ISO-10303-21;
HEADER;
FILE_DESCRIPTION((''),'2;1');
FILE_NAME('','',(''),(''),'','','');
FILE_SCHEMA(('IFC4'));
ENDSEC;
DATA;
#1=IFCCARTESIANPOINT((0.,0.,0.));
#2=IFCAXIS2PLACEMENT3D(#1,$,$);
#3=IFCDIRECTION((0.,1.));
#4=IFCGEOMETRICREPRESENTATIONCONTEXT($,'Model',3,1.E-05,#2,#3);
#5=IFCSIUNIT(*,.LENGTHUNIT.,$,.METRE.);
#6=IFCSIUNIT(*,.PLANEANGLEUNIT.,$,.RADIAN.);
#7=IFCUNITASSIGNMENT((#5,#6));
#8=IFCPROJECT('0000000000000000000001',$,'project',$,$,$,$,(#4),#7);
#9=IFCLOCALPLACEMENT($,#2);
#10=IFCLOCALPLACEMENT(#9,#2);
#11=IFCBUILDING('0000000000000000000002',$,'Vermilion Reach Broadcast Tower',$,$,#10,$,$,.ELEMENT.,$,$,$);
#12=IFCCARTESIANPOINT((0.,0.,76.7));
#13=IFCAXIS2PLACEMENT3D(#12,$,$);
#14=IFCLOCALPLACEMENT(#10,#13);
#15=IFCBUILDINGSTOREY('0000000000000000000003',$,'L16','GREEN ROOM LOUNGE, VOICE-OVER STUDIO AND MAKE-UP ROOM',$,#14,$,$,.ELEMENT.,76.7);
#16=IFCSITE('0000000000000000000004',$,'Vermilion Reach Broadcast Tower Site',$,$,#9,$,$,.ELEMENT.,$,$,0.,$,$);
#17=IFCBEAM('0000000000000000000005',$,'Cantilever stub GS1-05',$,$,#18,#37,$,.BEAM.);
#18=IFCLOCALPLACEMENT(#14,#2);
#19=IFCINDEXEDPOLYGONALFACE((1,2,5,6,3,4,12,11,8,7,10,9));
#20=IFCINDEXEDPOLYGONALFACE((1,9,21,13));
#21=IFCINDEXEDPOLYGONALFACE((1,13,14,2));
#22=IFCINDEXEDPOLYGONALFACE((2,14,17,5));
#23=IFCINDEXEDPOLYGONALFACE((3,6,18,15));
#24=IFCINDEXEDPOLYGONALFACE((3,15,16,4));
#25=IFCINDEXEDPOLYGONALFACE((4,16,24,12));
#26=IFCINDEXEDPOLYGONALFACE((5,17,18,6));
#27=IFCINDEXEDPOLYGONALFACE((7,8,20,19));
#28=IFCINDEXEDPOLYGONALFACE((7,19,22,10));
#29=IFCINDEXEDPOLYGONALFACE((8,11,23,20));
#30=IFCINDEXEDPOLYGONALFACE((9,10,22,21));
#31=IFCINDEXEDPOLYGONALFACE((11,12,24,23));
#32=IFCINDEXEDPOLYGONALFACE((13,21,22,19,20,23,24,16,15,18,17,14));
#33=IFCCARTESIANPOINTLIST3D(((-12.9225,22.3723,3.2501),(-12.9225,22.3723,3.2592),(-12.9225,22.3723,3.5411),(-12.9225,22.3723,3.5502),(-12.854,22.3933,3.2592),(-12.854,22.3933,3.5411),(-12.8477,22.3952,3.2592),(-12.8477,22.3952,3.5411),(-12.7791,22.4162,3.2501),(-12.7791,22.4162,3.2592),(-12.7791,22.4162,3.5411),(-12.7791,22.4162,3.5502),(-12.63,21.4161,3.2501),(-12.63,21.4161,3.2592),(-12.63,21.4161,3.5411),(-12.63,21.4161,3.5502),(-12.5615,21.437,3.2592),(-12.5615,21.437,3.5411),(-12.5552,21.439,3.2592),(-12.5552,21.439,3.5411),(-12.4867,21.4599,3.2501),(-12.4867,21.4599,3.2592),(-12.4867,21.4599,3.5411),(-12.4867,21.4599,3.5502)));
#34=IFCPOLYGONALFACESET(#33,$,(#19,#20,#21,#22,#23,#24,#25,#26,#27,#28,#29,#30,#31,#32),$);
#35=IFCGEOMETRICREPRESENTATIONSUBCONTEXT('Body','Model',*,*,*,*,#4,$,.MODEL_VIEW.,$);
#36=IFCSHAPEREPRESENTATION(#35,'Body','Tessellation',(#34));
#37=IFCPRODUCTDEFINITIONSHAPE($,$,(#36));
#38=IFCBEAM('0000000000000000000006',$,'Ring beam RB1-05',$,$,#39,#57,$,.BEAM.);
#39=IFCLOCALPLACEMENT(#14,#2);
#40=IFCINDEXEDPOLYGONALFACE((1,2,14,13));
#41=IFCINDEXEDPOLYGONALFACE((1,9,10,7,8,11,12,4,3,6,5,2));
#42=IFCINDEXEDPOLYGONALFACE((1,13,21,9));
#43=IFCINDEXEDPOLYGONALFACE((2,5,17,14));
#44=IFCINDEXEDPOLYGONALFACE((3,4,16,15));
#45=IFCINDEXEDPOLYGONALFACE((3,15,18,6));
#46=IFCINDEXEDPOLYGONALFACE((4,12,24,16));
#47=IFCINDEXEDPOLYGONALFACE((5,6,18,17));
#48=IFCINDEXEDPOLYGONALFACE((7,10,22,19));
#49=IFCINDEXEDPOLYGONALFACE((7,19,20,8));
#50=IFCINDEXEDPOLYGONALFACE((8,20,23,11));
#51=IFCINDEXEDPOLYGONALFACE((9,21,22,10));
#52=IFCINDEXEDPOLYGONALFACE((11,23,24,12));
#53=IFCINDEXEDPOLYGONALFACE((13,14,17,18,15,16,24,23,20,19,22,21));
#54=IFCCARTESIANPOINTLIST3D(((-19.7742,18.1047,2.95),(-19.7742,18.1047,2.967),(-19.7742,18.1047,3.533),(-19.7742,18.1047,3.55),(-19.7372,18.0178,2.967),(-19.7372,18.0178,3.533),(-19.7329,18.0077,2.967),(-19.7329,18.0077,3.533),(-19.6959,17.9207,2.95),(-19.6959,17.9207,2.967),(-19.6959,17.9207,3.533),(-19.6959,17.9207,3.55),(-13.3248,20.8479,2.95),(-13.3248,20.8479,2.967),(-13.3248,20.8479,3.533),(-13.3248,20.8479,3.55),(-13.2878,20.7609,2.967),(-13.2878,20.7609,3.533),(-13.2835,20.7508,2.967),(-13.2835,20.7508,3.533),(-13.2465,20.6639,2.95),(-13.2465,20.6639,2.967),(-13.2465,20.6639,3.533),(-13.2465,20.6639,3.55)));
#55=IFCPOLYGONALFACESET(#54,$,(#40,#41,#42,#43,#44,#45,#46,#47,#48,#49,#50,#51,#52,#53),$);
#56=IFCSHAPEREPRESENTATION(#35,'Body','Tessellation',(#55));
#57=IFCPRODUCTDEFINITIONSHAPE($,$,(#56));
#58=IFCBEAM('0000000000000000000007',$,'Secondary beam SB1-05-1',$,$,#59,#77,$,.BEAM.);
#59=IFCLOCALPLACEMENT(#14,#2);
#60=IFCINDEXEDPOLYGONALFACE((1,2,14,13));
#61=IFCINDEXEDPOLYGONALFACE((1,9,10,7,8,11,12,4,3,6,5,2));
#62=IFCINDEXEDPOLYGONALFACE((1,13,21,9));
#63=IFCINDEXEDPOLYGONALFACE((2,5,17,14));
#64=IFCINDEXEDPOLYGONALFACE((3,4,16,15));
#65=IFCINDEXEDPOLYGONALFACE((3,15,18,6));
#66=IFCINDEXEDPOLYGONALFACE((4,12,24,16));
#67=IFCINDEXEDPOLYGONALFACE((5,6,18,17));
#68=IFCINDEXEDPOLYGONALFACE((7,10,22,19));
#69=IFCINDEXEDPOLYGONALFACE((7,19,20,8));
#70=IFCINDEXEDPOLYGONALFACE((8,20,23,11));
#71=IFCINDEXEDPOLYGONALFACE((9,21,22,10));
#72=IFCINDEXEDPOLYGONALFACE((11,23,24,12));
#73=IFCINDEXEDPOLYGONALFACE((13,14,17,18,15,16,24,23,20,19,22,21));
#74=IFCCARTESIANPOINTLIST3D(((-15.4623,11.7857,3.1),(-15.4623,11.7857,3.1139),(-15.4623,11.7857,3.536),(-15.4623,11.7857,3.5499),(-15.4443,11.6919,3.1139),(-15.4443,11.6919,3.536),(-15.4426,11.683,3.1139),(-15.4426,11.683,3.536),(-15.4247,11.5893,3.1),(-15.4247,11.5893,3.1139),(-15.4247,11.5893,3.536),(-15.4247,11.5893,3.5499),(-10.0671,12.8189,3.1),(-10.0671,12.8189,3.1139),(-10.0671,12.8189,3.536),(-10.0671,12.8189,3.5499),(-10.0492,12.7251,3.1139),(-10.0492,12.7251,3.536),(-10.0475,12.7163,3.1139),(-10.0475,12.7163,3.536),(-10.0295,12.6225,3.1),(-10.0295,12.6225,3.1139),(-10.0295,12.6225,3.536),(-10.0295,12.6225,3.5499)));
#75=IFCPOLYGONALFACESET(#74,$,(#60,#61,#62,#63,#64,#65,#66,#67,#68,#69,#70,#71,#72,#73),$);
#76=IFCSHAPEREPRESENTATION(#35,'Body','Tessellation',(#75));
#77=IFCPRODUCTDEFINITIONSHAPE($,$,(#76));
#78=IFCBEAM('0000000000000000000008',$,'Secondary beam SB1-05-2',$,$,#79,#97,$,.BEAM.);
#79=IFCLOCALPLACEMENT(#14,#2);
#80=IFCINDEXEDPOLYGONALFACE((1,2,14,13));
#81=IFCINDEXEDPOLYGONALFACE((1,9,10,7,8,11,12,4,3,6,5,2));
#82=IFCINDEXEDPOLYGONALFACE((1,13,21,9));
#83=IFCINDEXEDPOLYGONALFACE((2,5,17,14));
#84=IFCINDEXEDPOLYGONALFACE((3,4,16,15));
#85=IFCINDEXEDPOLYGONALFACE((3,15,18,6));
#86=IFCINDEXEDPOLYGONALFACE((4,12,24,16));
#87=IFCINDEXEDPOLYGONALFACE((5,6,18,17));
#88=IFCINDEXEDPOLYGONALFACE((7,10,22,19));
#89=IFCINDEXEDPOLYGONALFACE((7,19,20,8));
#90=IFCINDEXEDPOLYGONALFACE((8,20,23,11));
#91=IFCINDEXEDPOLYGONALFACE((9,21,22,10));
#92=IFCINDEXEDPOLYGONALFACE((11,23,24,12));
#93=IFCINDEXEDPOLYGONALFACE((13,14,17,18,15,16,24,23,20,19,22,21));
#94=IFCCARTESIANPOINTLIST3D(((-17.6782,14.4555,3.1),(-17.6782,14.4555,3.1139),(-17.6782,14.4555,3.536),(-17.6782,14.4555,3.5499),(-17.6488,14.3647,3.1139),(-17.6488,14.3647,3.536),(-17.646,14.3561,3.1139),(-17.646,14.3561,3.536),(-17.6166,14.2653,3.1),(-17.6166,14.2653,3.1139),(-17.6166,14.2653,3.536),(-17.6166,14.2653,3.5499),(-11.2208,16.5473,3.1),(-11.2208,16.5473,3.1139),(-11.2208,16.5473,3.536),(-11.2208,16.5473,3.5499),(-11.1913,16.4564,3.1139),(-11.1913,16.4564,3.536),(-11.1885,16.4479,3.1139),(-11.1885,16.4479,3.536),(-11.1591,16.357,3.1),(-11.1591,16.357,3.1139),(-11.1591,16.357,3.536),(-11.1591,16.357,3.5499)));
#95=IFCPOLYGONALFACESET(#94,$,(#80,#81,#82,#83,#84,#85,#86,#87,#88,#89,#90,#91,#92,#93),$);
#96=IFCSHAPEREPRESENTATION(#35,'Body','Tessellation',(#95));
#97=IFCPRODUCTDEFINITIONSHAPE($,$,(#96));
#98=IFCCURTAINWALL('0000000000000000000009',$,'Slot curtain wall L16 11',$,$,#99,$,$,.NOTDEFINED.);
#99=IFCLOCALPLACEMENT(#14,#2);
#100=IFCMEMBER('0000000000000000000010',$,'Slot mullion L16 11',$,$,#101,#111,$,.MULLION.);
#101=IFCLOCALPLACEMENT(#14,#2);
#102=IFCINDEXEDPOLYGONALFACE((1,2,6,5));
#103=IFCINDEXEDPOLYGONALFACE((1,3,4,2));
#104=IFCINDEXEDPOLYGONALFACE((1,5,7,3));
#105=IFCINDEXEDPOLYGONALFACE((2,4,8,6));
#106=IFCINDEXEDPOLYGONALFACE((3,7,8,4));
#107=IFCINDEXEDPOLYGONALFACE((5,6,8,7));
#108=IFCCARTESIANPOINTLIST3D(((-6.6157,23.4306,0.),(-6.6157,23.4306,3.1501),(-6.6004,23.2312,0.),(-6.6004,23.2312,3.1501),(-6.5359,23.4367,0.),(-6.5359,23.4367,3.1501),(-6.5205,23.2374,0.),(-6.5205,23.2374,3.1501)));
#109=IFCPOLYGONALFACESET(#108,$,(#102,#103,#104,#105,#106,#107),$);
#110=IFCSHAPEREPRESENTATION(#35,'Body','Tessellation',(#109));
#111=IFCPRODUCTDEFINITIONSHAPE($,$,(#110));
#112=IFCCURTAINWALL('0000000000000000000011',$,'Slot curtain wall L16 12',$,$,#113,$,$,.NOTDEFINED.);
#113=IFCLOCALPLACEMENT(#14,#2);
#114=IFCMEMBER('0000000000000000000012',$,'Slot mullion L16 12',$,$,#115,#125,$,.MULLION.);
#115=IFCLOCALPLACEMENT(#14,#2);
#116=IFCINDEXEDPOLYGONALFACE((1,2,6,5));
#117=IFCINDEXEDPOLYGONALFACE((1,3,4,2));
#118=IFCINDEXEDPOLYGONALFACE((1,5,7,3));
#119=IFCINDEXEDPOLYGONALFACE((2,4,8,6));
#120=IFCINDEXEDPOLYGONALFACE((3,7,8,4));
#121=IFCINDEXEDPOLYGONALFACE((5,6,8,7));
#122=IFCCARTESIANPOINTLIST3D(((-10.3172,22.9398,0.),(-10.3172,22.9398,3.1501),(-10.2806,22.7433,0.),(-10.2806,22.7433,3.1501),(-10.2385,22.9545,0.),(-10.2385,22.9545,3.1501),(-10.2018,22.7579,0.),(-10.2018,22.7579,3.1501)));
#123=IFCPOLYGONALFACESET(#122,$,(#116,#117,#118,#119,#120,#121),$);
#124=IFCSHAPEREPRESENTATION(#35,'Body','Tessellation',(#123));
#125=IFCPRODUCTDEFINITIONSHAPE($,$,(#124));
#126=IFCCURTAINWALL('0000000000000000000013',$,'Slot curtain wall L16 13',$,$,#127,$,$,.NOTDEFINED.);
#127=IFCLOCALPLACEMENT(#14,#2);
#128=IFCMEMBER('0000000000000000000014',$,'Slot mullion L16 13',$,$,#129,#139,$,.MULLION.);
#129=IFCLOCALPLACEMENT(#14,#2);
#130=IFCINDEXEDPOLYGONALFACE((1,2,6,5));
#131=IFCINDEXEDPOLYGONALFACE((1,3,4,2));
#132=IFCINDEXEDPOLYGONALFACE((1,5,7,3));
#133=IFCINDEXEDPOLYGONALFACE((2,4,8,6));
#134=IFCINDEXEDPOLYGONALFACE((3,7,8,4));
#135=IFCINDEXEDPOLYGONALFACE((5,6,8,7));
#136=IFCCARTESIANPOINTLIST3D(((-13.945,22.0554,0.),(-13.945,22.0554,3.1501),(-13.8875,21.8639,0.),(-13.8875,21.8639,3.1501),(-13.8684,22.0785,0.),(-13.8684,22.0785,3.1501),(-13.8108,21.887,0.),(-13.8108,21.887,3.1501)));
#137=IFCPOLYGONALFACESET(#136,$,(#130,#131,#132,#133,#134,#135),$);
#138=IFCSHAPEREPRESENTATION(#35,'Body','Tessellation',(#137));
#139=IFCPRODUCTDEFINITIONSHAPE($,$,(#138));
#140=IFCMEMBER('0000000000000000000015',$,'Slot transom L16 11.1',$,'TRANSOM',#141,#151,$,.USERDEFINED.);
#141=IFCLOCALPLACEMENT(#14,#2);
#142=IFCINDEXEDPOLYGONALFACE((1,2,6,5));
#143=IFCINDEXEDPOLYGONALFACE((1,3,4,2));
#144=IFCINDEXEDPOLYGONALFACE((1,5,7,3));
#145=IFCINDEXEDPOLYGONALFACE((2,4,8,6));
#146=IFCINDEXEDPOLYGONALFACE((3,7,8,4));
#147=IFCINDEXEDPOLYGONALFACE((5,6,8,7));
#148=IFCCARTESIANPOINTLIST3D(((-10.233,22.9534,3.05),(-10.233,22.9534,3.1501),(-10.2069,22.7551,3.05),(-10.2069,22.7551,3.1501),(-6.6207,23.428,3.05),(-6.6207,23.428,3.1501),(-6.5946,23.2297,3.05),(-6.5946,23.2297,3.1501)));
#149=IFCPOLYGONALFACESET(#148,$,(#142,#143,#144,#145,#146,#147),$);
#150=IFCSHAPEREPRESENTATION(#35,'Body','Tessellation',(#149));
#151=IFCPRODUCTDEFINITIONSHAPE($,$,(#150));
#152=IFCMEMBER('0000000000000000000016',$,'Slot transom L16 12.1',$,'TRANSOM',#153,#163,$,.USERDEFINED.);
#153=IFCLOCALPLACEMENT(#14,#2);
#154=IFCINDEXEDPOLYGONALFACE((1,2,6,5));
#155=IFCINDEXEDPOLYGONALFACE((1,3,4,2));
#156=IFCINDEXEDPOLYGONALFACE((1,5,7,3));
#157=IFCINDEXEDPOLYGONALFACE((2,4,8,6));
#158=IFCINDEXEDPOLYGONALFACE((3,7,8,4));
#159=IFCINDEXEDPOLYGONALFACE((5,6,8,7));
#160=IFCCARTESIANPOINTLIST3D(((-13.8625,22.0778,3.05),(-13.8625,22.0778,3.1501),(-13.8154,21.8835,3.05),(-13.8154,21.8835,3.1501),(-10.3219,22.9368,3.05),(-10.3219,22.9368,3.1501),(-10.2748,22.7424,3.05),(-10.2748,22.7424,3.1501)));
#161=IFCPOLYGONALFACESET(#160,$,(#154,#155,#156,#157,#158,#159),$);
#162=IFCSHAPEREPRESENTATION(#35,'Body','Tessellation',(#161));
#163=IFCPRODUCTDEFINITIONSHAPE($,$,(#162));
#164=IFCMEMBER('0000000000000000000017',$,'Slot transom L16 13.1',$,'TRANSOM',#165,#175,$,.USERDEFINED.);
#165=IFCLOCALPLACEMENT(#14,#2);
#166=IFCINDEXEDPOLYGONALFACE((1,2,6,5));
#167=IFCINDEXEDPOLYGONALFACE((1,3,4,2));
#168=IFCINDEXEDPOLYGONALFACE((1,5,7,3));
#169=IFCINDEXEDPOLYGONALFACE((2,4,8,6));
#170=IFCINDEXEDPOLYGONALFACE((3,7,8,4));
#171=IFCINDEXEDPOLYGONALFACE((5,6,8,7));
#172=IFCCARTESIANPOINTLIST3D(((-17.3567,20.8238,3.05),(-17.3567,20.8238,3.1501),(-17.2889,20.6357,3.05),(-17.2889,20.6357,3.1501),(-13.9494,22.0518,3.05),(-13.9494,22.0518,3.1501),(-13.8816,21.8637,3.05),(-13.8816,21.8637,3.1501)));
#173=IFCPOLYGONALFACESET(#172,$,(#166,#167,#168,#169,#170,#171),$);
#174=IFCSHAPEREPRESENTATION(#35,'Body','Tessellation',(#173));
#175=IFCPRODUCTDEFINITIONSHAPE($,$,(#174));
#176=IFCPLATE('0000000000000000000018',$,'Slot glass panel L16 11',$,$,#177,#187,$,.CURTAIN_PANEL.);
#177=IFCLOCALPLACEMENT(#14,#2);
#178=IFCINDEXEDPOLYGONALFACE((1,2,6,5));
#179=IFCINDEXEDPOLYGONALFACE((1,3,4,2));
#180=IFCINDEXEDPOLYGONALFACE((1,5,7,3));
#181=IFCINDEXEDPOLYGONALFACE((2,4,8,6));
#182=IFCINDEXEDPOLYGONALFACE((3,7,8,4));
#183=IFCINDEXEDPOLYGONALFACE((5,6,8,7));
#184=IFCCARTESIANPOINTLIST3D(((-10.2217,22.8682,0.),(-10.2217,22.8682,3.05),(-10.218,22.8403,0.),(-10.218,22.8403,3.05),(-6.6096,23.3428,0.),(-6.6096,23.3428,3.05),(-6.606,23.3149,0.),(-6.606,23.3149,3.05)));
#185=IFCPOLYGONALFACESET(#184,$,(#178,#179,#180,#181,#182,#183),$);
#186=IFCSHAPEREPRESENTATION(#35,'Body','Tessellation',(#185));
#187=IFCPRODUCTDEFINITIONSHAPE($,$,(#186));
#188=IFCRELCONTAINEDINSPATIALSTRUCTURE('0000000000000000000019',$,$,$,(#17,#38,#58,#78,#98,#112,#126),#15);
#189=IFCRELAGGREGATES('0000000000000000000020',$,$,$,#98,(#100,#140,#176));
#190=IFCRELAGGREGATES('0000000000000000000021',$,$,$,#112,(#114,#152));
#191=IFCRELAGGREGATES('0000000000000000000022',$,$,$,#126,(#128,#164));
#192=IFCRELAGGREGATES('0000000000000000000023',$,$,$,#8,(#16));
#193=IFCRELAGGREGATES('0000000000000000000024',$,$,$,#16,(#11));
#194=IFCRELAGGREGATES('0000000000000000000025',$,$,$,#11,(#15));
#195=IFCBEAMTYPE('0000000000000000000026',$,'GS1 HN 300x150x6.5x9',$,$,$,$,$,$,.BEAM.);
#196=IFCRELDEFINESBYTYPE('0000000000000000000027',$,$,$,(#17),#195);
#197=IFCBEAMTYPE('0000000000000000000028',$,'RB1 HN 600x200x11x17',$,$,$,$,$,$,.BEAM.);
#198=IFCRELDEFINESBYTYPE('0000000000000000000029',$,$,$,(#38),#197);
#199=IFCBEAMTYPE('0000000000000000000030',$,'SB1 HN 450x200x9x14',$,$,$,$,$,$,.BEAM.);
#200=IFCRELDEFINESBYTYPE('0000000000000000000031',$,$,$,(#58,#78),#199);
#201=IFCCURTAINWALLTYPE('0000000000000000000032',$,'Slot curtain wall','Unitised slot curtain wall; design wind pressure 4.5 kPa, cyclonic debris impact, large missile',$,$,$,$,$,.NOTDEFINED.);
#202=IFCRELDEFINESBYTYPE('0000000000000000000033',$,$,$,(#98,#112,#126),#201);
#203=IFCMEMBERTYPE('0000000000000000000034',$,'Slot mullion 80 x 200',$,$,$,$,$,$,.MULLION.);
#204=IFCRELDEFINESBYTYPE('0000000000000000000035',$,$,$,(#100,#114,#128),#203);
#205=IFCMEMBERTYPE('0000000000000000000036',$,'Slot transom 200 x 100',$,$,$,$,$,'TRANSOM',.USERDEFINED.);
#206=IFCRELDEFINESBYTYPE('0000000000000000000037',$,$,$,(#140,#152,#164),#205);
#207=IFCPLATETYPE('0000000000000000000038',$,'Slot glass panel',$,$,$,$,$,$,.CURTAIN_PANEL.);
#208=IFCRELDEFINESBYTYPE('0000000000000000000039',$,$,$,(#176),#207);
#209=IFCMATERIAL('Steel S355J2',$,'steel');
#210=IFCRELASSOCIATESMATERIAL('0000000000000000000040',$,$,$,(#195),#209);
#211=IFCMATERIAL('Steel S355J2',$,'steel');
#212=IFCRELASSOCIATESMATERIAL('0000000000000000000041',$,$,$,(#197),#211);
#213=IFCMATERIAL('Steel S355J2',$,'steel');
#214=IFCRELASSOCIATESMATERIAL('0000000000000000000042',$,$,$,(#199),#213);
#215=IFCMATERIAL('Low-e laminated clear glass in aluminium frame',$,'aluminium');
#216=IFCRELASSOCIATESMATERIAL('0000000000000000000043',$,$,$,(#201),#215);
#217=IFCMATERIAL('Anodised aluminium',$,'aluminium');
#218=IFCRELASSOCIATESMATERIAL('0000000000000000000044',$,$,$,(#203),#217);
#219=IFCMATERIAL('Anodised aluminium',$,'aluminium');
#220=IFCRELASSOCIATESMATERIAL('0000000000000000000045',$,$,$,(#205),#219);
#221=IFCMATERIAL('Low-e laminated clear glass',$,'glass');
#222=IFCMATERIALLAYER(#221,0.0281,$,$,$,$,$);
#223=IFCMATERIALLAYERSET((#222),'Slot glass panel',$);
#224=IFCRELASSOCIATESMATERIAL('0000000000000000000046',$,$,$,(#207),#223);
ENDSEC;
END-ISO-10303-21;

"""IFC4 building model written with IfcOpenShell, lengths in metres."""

from ifc_helpers import new_model, si_unit, direction, frame, origin, origin_2d, place, context, subcontext, project, spatial, rectangle, i_section, extrude, material, layer, layer_set, material_profile, profile_set, type_object, element, aggregate, save


model = new_model("IFC4")

# Units and contexts
model_context = context("Model", 3, precision=1e-05, world=origin(), true_north=direction((0.0, 1.0)))
body_context = subcontext(model_context, "Body", "Model", "MODEL_VIEW")
ifc_project = project(units=[si_unit("LENGTHUNIT", "METRE"), si_unit("PLANEANGLEUNIT", "RADIAN")], contexts=[model_context])

# Site, building, storey
site_placement = place(None, origin())
site = spatial("IfcSite", under=ifc_project, at=site_placement, Name="Vermilion Reach Broadcast Tower Site", CompositionType="ELEMENT", RefElevation=0.0)
building_placement = place(site_placement, origin())
building = spatial("IfcBuilding", under=site, at=building_placement, Name="Vermilion Reach Broadcast Tower", CompositionType="ELEMENT")
storey_placement = place(building_placement, frame((0.0, 0.0, 76.7)))
storey = spatial("IfcBuildingStorey", under=building, at=storey_placement, Name="L16", Description="GREEN ROOM LOUNGE, VOICE-OVER STUDIO AND MAKE-UP ROOM", CompositionType="ELEMENT", Elevation=76.7)

# Beams
ifc_material_1 = material(Name="Steel S355J2", Category="steel")
ifc_material_profile_1 = material_profile(ifc_material_1, i_section(OverallWidth=0.1499, OverallDepth=0.3, WebThickness=0.0066, FlangeThickness=0.009, at=origin_2d()), Name="S355J2 HN 300x150x6.5x9")
ifc_profile_set_1 = profile_set([ifc_material_profile_1], Name="Steel S355J2")
beam_type_1 = type_object("IfcBeamType", Name="GS1 HN 300x150x6.5x9", PredefinedType="BEAM", material=ifc_profile_set_1)
beam_1_placement = place(storey_placement, frame((-12.5583, 21.438, 3.4001), z_axis=(-0.292473, 0.956274, 0.0), x_axis=(-0.956274, -0.292473, 0.0)))
element("IfcBeam", 1, at=beam_1_placement, inside=storey, type_object=beam_type_1, Name="Cantilever stub GS1-05", PredefinedType="BEAM", context=body_context, shape_type="SweptSolid", body=[
    extrude(i_section(OverallWidth=0.1499, OverallDepth=0.3, WebThickness=0.0066, FlangeThickness=0.009, at=origin_2d()), origin(), (0.0, 0.0, 1.0), 1.0),
])
ifc_material_2 = material(Name="Steel S355J2", Category="steel")
ifc_material_profile_2 = material_profile(ifc_material_2, i_section(OverallWidth=0.2, OverallDepth=0.6001, WebThickness=0.011, FlangeThickness=0.0171, at=origin_2d()), Name="S355J2 HN 600x200x11x17")
ifc_profile_set_2 = profile_set([ifc_material_profile_2], Name="Steel S355J2")
beam_type_2 = type_object("IfcBeamType", Name="RB1 HN 600x200x11x17", PredefinedType="BEAM", material=ifc_profile_set_2)
beam_2_placement = place(storey_placement, frame((-13.2856, 20.7559, 3.25), z_axis=(-0.920221, -0.3914, 0.0), x_axis=(0.3914, -0.920221, 0.0)))
element("IfcBeam", 2, at=beam_2_placement, inside=storey, type_object=beam_type_2, Name="Ring beam RB1-05", PredefinedType="BEAM", context=body_context, shape_type="SweptSolid", body=[
    extrude(i_section(OverallWidth=0.2, OverallDepth=0.6001, WebThickness=0.011, FlangeThickness=0.0171, at=origin_2d()), origin(), (0.0, 0.0, 1.0), 7.0085),
])
ifc_material_3 = material(Name="Steel S355J2", Category="steel")
ifc_material_profile_3 = material_profile(ifc_material_3, i_section(OverallWidth=0.2, OverallDepth=0.45, WebThickness=0.009, FlangeThickness=0.0139, at=origin_2d()), Name="S355J2 HN 450x200x9x14")
ifc_profile_set_3 = profile_set([ifc_material_profile_3], Name="Steel S355J2")
beam_type_3 = type_object("IfcBeamType", Name="SB1 HN 450x200x9x14", PredefinedType="BEAM", material=ifc_profile_set_3)
beam_3_placement = place(storey_placement, frame((-10.0483, 12.7207, 3.325), z_axis=(-0.982151, -0.188092, 0.0), x_axis=(0.188092, -0.982151, 0.0)))
element("IfcBeam", 3, at=beam_3_placement, inside=storey, type_object=beam_type_3, Name="Secondary beam SB1-05-1", PredefinedType="BEAM", context=body_context, shape_type="SweptSolid", body=[
    extrude(i_section(OverallWidth=0.2, OverallDepth=0.45, WebThickness=0.009, FlangeThickness=0.0139, at=origin_2d()), origin(), (0.0, 0.0, 1.0), 5.4932),
])
beam_4_placement = place(storey_placement, frame((-11.1899, 16.4521, 3.325), z_axis=(-0.951332, -0.308167, 0.0), x_axis=(0.308167, -0.951332, 0.0)))
element("IfcBeam", 4, at=beam_4_placement, inside=storey, type_object=beam_type_3, Name="Secondary beam SB1-05-2", PredefinedType="BEAM", context=body_context, shape_type="SweptSolid", body=[
    extrude(i_section(OverallWidth=0.2, OverallDepth=0.45, WebThickness=0.009, FlangeThickness=0.0139, at=origin_2d()), origin(), (0.0, 0.0, 1.0), 6.7878),
])

# Curtain walls, members
ifc_material_4 = material(Name="Low-e laminated clear glass in aluminium frame", Category="aluminium")
curtain_wall_type = type_object("IfcCurtainWallType", Name="Slot curtain wall", Description="Unitised slot curtain wall; design wind pressure 4.5 kPa, cyclonic debris impact, large missile", PredefinedType="NOTDEFINED", material=ifc_material_4)
placement = place(storey_placement, origin())
curtain_wall_1 = element("IfcCurtainWall", 5, at=placement, inside=storey, type_object=curtain_wall_type, Name="Slot curtain wall L16 11", PredefinedType="NOTDEFINED")
ifc_material_5 = material(Name="Anodised aluminium", Category="aluminium")
ifc_material_profile_4 = material_profile(ifc_material_5, rectangle(XDim=0.2, YDim=0.0801, at=origin_2d()), Name="Slot mullion 80 x 200")
ifc_profile_set_4 = profile_set([ifc_material_profile_4], Name="Anodised aluminium")
member_type_1 = type_object("IfcMemberType", Name="Slot mullion 80 x 200", PredefinedType="MULLION", material=ifc_profile_set_4)
member_1_placement = place(storey_placement, frame((-6.5681, 23.334, 0.0), z_axis=(0.0, 0.0, 1.0), x_axis=(0.076616, -0.997061, 0.0)))
member_1 = element("IfcMember", 6, at=member_1_placement, type_object=member_type_1, Name="Slot mullion L16 11", PredefinedType="MULLION", context=body_context, shape_type="SweptSolid", body=[
    extrude(rectangle(XDim=0.2, YDim=0.0801, at=origin_2d()), origin(), (0.0, 0.0, 1.0), 3.1501),
])
curtain_wall_2 = element("IfcCurtainWall", 7, at=placement, inside=storey, type_object=curtain_wall_type, Name="Slot curtain wall L16 12", PredefinedType="NOTDEFINED")
member_2_placement = place(storey_placement, frame((-10.2595, 22.8489, 0.0), z_axis=(0.0, 0.0, 1.0), x_axis=(0.183265, -0.983064, 0.0)))
member_2 = element("IfcMember", 8, at=member_2_placement, type_object=member_type_1, Name="Slot mullion L16 12", PredefinedType="MULLION", context=body_context, shape_type="SweptSolid", body=[
    extrude(rectangle(XDim=0.2, YDim=0.0801, at=origin_2d()), origin(), (0.0, 0.0, 1.0), 3.1501),
])
curtain_wall_3 = element("IfcCurtainWall", 9, at=placement, inside=storey, type_object=curtain_wall_type, Name="Slot curtain wall L16 13", PredefinedType="NOTDEFINED")
member_3_placement = place(storey_placement, frame((-13.8779, 21.9712, 0.0), z_axis=(0.0, 0.0, 1.0), x_axis=(0.287794, -0.957692, 0.0)))
member_3 = element("IfcMember", 10, at=member_3_placement, type_object=member_type_1, Name="Slot mullion L16 13", PredefinedType="MULLION", context=body_context, shape_type="SweptSolid", body=[
    extrude(rectangle(XDim=0.2, YDim=0.0801, at=origin_2d()), origin(), (0.0, 0.0, 1.0), 3.1501),
])

# Members
ifc_material_6 = material(Name="Anodised aluminium", Category="aluminium")
ifc_material_profile_5 = material_profile(ifc_material_6, rectangle(XDim=0.2, YDim=0.1001, at=origin_2d()), Name="Slot transom 200 x 100")
ifc_profile_set_5 = profile_set([ifc_material_profile_5], Name="Anodised aluminium")
member_type_2 = type_object("IfcMemberType", Name="Slot transom 200 x 100", ElementType="TRANSOM", PredefinedType="USERDEFINED", material=ifc_profile_set_5)
member_4_placement = place(storey_placement, frame((-6.6077, 23.3289, 3.1001), z_axis=(-0.991479, -0.130267, 0.0), x_axis=(0.130267, -0.991479, 0.0)))
member_4 = element("IfcMember", 11, at=member_4_placement, type_object=member_type_2, Name="Slot transom L16 11.1", ObjectType="TRANSOM", PredefinedType="USERDEFINED", context=body_context, shape_type="SweptSolid", body=[
    extrude(rectangle(XDim=0.2, YDim=0.1001, at=origin_2d()), origin(), (0.0, 0.0, 1.0), 3.6433),
])
member_5_placement = place(storey_placement, frame((-10.2983, 22.8396, 3.1001), z_axis=(-0.971814, -0.23575, 0.0), x_axis=(0.23575, -0.971814, 0.0)))
member_5 = element("IfcMember", 12, at=member_5_placement, type_object=member_type_2, Name="Slot transom L16 12.1", ObjectType="TRANSOM", PredefinedType="USERDEFINED", context=body_context, shape_type="SweptSolid", body=[
    extrude(rectangle(XDim=0.2, YDim=0.1001, at=origin_2d()), origin(), (0.0, 0.0, 1.0), 3.6433),
])
member_6_placement = place(storey_placement, frame((-13.9155, 21.9578, 3.1001), z_axis=(-0.940762, -0.339068, 0.0), x_axis=(0.339068, -0.940762, 0.0)))
member_6 = element("IfcMember", 13, at=member_6_placement, type_object=member_type_2, Name="Slot transom L16 13.1", ObjectType="TRANSOM", PredefinedType="USERDEFINED", context=body_context, shape_type="SweptSolid", body=[
    extrude(rectangle(XDim=0.2, YDim=0.1001, at=origin_2d()), origin(), (0.0, 0.0, 1.0), 3.6218),
])

# Plate
ifc_material_7 = material(Name="Low-e laminated clear glass", Category="glass")
ifc_layer_1 = layer(ifc_material_7, 0.0281)
ifc_layer_set_1 = layer_set([ifc_layer_1], Name="Slot glass panel")
plate_type = type_object("IfcPlateType", Name="Slot glass panel", PredefinedType="CURTAIN_PANEL", material=ifc_layer_set_1)
plate_1_placement = place(storey_placement, frame((-8.4138, 23.0916, 0.0), z_axis=(0.0, 0.0, 1.0), x_axis=(-0.991477, -0.130278, 0.0)))
plate_1 = element("IfcPlate", 14, at=plate_1_placement, type_object=plate_type, Name="Slot glass panel L16 11", PredefinedType="CURTAIN_PANEL", context=body_context, shape_type="SweptSolid", body=[
    extrude(rectangle(XDim=3.6431, YDim=0.0281, at=origin_2d()), origin(), (0.0, 0.0, 1.0), 3.05),
])
aggregate(curtain_wall_1, [member_1, member_4, plate_1])
aggregate(curtain_wall_2, [member_2, member_5])
aggregate(curtain_wall_3, [member_3, member_6])

save(model, "model.ifc")
